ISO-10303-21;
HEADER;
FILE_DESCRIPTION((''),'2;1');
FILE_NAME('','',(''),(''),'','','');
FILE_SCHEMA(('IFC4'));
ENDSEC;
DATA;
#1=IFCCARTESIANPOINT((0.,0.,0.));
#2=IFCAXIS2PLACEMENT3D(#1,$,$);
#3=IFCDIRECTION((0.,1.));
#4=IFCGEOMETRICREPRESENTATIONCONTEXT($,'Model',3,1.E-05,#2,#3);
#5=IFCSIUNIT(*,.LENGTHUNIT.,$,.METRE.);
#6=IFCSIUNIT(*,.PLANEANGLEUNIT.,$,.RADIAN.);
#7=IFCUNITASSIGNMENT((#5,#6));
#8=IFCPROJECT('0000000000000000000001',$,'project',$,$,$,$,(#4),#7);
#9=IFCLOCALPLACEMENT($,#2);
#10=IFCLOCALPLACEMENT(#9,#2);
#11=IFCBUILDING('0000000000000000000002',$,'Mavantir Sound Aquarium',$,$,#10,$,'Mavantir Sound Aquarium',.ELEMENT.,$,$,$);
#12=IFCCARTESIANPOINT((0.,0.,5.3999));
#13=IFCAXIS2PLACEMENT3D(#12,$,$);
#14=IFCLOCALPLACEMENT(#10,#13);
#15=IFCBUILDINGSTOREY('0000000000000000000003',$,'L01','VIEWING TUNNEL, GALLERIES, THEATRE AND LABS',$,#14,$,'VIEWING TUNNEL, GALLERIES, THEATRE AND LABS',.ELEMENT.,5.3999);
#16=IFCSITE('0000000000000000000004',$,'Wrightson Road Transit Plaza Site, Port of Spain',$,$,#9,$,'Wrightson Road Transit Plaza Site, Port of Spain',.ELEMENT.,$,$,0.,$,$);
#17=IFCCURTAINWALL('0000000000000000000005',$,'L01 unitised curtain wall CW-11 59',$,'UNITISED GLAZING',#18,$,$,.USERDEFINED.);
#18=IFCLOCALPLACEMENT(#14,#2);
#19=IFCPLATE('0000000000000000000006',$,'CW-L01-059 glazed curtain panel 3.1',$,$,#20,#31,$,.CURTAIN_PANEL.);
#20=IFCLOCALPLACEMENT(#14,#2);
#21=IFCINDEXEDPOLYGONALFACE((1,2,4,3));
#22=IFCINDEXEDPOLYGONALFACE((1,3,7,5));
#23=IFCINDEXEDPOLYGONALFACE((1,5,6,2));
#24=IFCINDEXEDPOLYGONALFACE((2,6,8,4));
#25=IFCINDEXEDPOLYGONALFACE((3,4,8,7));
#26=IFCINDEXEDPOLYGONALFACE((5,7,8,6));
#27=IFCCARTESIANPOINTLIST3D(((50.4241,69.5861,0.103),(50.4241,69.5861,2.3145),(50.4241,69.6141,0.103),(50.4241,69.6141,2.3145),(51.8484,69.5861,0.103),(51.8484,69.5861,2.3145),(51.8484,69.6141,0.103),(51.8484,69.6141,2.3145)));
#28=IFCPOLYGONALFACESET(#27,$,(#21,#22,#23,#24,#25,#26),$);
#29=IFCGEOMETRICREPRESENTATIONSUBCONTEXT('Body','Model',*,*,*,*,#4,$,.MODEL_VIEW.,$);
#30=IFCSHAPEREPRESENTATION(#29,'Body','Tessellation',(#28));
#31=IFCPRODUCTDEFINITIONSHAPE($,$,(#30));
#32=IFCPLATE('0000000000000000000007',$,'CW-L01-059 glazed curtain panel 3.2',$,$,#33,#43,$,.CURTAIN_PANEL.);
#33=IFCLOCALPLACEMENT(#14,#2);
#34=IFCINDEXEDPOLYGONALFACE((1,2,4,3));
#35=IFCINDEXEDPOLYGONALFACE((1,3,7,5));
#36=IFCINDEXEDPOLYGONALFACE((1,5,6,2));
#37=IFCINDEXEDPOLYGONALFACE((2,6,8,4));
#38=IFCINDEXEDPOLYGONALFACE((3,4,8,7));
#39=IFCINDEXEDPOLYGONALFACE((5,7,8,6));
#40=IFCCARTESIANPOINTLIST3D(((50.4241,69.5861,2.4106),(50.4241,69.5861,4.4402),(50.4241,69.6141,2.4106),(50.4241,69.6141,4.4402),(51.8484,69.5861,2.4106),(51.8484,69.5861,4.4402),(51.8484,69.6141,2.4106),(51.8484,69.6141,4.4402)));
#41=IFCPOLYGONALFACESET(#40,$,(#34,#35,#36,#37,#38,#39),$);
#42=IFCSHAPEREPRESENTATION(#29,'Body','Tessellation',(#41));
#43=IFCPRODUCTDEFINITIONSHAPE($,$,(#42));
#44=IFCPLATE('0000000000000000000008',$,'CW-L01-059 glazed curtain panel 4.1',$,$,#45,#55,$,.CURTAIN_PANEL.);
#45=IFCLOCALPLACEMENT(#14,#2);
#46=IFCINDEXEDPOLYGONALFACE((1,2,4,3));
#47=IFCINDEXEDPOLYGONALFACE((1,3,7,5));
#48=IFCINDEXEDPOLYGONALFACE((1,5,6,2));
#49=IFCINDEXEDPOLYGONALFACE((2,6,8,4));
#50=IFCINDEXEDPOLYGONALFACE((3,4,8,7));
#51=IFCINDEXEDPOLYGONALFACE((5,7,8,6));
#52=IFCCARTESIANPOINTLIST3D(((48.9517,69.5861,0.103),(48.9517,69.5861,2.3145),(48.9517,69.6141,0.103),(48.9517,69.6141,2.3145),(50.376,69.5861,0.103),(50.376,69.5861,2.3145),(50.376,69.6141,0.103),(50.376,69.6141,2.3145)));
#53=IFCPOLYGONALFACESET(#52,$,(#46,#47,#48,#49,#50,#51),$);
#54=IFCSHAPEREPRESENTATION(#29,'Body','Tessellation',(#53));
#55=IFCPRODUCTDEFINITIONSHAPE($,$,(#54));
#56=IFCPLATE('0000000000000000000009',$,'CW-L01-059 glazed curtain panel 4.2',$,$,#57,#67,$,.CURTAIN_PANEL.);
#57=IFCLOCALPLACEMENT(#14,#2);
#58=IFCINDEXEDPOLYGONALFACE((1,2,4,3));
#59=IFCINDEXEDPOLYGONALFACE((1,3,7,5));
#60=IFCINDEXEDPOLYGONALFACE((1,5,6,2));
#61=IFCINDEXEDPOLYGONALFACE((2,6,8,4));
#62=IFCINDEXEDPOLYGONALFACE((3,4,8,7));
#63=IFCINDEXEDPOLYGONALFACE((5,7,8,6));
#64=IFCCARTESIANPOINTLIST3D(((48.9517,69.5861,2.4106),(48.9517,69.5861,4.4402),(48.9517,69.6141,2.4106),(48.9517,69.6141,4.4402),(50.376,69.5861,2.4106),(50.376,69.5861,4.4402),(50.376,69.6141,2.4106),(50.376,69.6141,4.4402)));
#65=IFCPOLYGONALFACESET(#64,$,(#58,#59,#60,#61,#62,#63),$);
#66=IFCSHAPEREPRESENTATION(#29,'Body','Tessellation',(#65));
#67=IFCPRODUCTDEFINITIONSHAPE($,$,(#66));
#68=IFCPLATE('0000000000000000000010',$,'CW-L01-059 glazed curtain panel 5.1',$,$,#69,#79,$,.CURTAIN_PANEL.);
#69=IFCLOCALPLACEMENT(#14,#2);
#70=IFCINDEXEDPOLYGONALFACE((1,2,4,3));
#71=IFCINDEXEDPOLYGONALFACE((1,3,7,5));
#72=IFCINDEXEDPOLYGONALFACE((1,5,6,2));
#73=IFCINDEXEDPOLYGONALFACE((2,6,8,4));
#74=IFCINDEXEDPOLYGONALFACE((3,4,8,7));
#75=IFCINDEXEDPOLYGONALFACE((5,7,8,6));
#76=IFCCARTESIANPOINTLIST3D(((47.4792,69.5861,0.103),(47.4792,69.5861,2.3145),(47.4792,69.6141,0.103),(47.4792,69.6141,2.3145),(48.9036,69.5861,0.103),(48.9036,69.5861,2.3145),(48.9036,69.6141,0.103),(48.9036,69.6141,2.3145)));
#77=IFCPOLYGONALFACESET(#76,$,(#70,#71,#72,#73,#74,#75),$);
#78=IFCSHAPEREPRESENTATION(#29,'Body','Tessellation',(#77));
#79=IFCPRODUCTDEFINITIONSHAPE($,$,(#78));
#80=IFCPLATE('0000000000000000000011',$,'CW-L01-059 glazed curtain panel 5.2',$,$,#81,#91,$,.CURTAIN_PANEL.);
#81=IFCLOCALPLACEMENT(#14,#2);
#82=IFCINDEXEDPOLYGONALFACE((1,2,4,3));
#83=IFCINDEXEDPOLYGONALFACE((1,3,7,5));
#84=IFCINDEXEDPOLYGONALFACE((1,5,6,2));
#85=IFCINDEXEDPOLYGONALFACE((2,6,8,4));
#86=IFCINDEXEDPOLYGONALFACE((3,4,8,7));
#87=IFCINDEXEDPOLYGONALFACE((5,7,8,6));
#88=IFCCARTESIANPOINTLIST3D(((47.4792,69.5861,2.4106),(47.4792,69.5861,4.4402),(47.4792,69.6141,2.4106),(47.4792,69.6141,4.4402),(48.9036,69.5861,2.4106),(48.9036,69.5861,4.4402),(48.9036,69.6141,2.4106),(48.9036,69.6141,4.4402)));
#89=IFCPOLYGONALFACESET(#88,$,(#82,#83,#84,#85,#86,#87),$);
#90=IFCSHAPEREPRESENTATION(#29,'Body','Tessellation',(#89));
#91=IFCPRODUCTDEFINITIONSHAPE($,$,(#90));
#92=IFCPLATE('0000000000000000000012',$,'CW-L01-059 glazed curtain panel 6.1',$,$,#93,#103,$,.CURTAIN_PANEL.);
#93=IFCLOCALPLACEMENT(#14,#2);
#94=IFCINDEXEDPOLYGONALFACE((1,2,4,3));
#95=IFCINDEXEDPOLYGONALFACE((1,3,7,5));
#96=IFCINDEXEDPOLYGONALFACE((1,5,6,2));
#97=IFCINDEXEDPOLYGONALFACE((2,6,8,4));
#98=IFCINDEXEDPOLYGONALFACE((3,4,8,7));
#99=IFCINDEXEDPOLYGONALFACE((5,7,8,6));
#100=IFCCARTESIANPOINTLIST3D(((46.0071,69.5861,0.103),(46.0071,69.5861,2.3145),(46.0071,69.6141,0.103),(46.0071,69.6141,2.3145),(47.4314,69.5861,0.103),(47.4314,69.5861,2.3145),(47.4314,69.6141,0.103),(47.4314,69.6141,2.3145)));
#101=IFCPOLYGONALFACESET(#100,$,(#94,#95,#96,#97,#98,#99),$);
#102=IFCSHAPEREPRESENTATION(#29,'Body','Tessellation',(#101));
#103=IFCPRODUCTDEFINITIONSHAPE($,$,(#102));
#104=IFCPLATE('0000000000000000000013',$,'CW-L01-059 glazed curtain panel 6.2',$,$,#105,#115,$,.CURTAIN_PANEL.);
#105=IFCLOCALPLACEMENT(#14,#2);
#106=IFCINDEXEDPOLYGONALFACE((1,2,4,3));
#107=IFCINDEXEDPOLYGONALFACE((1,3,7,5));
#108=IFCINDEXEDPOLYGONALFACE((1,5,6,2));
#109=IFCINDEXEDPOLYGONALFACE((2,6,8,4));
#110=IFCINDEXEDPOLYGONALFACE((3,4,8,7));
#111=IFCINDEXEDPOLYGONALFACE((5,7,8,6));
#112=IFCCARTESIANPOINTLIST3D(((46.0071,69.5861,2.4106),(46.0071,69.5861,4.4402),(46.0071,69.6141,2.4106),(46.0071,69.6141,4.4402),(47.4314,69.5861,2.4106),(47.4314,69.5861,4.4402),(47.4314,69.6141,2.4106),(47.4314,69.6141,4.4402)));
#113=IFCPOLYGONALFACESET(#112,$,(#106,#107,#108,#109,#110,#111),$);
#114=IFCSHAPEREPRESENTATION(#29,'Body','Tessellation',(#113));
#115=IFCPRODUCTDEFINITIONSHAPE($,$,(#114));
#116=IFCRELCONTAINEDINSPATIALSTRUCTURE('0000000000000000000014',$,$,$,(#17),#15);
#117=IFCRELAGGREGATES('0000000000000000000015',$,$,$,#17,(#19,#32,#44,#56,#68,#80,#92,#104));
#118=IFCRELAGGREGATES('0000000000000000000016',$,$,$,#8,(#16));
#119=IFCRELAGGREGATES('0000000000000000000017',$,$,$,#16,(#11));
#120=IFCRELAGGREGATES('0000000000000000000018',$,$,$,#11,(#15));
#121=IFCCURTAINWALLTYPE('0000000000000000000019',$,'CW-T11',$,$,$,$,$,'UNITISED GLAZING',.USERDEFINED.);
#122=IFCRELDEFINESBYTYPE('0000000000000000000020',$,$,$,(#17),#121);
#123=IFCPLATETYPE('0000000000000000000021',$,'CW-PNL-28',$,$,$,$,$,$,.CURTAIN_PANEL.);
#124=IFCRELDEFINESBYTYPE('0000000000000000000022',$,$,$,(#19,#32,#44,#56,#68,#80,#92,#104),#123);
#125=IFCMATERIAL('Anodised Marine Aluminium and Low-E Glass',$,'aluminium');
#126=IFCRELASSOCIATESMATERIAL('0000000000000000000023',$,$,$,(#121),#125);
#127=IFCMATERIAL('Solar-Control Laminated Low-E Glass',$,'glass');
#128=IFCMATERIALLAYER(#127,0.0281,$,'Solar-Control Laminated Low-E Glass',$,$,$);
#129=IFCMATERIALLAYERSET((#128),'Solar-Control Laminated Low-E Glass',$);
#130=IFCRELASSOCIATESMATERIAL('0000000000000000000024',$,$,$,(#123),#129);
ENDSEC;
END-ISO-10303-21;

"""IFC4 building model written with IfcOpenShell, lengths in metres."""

from ifc_helpers import new_model, si_unit, direction, frame, origin, origin_2d, place, context, subcontext, project, spatial, rectangle, extrude, material, layer, layer_set, type_object, element, aggregate, save


model = new_model("IFC4")

# Units and contexts
model_context = context("Model", 3, precision=1e-05, world=origin(), true_north=direction((0.0, 1.0)))
body_context = subcontext(model_context, "Body", "Model", "MODEL_VIEW")
ifc_project = project(units=[si_unit("LENGTHUNIT", "METRE"), si_unit("PLANEANGLEUNIT", "RADIAN")], contexts=[model_context])

# Site, building, storey
site_placement = place(None, origin())
site = spatial("IfcSite", under=ifc_project, at=site_placement, Name="Wrightson Road Transit Plaza Site, Port of Spain", LongName="Wrightson Road Transit Plaza Site, Port of Spain", CompositionType="ELEMENT", RefElevation=0.0)
building_placement = place(site_placement, origin())
building = spatial("IfcBuilding", under=site, at=building_placement, Name="Mavantir Sound Aquarium", LongName="Mavantir Sound Aquarium", CompositionType="ELEMENT")
storey_placement = place(building_placement, frame((0.0, 0.0, 5.3999)))
storey = spatial("IfcBuildingStorey", under=building, at=storey_placement, Name="L01", Description="VIEWING TUNNEL, GALLERIES, THEATRE AND LABS", LongName="VIEWING TUNNEL, GALLERIES, THEATRE AND LABS", CompositionType="ELEMENT", Elevation=5.3999)

# Curtain wall, plates
ifc_material_1 = material(Name="Anodised Marine Aluminium and Low-E Glass", Category="aluminium")
curtain_wall_type = type_object("IfcCurtainWallType", Name="CW-T11", ElementType="UNITISED GLAZING", PredefinedType="USERDEFINED", material=ifc_material_1)
curtain_wall_placement = place(storey_placement, origin())
curtain_wall = element("IfcCurtainWall", 1, at=curtain_wall_placement, inside=storey, type_object=curtain_wall_type, Name="L01 unitised curtain wall CW-11 59", ObjectType="UNITISED GLAZING", PredefinedType="USERDEFINED")
ifc_material_2 = material(Name="Solar-Control Laminated Low-E Glass", Category="glass")
ifc_layer = layer(ifc_material_2, 0.0281, Name="Solar-Control Laminated Low-E Glass")
ifc_layer_set = layer_set([ifc_layer], Name="Solar-Control Laminated Low-E Glass")
plate_type = type_object("IfcPlateType", Name="CW-PNL-28", PredefinedType="CURTAIN_PANEL", material=ifc_layer_set)
plate_1_placement = place(storey_placement, frame((51.1362, 69.6001, 0.103), z_axis=(0.0, 0.0, 1.0), x_axis=(-1.0, 0.0, 0.0)))
plate_1 = element("IfcPlate", 2, at=plate_1_placement, type_object=plate_type, Name="CW-L01-059 glazed curtain panel 3.1", PredefinedType="CURTAIN_PANEL", context=body_context, shape_type="SweptSolid", body=[
    extrude(rectangle(XDim=1.4243, YDim=0.0281, at=origin_2d()), origin(), (0.0, 0.0, 1.0), 2.2114),
])
plate_2_placement = place(storey_placement, frame((51.1362, 69.6001, 2.4106), z_axis=(0.0, 0.0, 1.0), x_axis=(-1.0, 0.0, 0.0)))
plate_2 = element("IfcPlate", 3, at=plate_2_placement, type_object=plate_type, Name="CW-L01-059 glazed curtain panel 3.2", PredefinedType="CURTAIN_PANEL", context=body_context, shape_type="SweptSolid", body=[
    extrude(rectangle(XDim=1.4243, YDim=0.0281, at=origin_2d()), origin(), (0.0, 0.0, 1.0), 2.0295),
])
plate_3_placement = place(storey_placement, frame((49.6638, 69.6001, 0.103), z_axis=(0.0, 0.0, 1.0), x_axis=(-1.0, 0.0, 0.0)))
plate_3 = element("IfcPlate", 4, at=plate_3_placement, type_object=plate_type, Name="CW-L01-059 glazed curtain panel 4.1", PredefinedType="CURTAIN_PANEL", context=body_context, shape_type="SweptSolid", body=[
    extrude(rectangle(XDim=1.4243, YDim=0.0281, at=origin_2d()), origin(), (0.0, 0.0, 1.0), 2.2114),
])
plate_4_placement = place(storey_placement, frame((49.6638, 69.6001, 2.4106), z_axis=(0.0, 0.0, 1.0), x_axis=(-1.0, 0.0, 0.0)))
plate_4 = element("IfcPlate", 5, at=plate_4_placement, type_object=plate_type, Name="CW-L01-059 glazed curtain panel 4.2", PredefinedType="CURTAIN_PANEL", context=body_context, shape_type="SweptSolid", body=[
    extrude(rectangle(XDim=1.4243, YDim=0.0281, at=origin_2d()), origin(), (0.0, 0.0, 1.0), 2.0295),
])
plate_5_placement = place(storey_placement, frame((48.1914, 69.6001, 0.103), z_axis=(0.0, 0.0, 1.0), x_axis=(-1.0, 0.0, 0.0)))
plate_5 = element("IfcPlate", 6, at=plate_5_placement, type_object=plate_type, Name="CW-L01-059 glazed curtain panel 5.1", PredefinedType="CURTAIN_PANEL", context=body_context, shape_type="SweptSolid", body=[
    extrude(rectangle(XDim=1.4243, YDim=0.0281, at=origin_2d()), origin(), (0.0, 0.0, 1.0), 2.2114),
])
plate_6_placement = place(storey_placement, frame((48.1914, 69.6001, 2.4106), z_axis=(0.0, 0.0, 1.0), x_axis=(-1.0, 0.0, 0.0)))
plate_6 = element("IfcPlate", 7, at=plate_6_placement, type_object=plate_type, Name="CW-L01-059 glazed curtain panel 5.2", PredefinedType="CURTAIN_PANEL", context=body_context, shape_type="SweptSolid", body=[
    extrude(rectangle(XDim=1.4243, YDim=0.0281, at=origin_2d()), origin(), (0.0, 0.0, 1.0), 2.0295),
])
plate_7_placement = place(storey_placement, frame((46.7192, 69.6001, 0.103), z_axis=(0.0, 0.0, 1.0), x_axis=(-1.0, 0.0, 0.0)))
plate_7 = element("IfcPlate", 8, at=plate_7_placement, type_object=plate_type, Name="CW-L01-059 glazed curtain panel 6.1", PredefinedType="CURTAIN_PANEL", context=body_context, shape_type="SweptSolid", body=[
    extrude(rectangle(XDim=1.4243, YDim=0.0281, at=origin_2d()), origin(), (0.0, 0.0, 1.0), 2.2114),
])
plate_8_placement = place(storey_placement, frame((46.7192, 69.6001, 2.4106), z_axis=(0.0, 0.0, 1.0), x_axis=(-1.0, 0.0, 0.0)))
plate_8 = element("IfcPlate", 9, at=plate_8_placement, type_object=plate_type, Name="CW-L01-059 glazed curtain panel 6.2", PredefinedType="CURTAIN_PANEL", context=body_context, shape_type="SweptSolid", body=[
    extrude(rectangle(XDim=1.4243, YDim=0.0281, at=origin_2d()), origin(), (0.0, 0.0, 1.0), 2.0295),
])
aggregate(curtain_wall, [plate_1, plate_2, plate_3, plate_4, plate_5, plate_6, plate_7, plate_8])

save(model, "model.ifc")
